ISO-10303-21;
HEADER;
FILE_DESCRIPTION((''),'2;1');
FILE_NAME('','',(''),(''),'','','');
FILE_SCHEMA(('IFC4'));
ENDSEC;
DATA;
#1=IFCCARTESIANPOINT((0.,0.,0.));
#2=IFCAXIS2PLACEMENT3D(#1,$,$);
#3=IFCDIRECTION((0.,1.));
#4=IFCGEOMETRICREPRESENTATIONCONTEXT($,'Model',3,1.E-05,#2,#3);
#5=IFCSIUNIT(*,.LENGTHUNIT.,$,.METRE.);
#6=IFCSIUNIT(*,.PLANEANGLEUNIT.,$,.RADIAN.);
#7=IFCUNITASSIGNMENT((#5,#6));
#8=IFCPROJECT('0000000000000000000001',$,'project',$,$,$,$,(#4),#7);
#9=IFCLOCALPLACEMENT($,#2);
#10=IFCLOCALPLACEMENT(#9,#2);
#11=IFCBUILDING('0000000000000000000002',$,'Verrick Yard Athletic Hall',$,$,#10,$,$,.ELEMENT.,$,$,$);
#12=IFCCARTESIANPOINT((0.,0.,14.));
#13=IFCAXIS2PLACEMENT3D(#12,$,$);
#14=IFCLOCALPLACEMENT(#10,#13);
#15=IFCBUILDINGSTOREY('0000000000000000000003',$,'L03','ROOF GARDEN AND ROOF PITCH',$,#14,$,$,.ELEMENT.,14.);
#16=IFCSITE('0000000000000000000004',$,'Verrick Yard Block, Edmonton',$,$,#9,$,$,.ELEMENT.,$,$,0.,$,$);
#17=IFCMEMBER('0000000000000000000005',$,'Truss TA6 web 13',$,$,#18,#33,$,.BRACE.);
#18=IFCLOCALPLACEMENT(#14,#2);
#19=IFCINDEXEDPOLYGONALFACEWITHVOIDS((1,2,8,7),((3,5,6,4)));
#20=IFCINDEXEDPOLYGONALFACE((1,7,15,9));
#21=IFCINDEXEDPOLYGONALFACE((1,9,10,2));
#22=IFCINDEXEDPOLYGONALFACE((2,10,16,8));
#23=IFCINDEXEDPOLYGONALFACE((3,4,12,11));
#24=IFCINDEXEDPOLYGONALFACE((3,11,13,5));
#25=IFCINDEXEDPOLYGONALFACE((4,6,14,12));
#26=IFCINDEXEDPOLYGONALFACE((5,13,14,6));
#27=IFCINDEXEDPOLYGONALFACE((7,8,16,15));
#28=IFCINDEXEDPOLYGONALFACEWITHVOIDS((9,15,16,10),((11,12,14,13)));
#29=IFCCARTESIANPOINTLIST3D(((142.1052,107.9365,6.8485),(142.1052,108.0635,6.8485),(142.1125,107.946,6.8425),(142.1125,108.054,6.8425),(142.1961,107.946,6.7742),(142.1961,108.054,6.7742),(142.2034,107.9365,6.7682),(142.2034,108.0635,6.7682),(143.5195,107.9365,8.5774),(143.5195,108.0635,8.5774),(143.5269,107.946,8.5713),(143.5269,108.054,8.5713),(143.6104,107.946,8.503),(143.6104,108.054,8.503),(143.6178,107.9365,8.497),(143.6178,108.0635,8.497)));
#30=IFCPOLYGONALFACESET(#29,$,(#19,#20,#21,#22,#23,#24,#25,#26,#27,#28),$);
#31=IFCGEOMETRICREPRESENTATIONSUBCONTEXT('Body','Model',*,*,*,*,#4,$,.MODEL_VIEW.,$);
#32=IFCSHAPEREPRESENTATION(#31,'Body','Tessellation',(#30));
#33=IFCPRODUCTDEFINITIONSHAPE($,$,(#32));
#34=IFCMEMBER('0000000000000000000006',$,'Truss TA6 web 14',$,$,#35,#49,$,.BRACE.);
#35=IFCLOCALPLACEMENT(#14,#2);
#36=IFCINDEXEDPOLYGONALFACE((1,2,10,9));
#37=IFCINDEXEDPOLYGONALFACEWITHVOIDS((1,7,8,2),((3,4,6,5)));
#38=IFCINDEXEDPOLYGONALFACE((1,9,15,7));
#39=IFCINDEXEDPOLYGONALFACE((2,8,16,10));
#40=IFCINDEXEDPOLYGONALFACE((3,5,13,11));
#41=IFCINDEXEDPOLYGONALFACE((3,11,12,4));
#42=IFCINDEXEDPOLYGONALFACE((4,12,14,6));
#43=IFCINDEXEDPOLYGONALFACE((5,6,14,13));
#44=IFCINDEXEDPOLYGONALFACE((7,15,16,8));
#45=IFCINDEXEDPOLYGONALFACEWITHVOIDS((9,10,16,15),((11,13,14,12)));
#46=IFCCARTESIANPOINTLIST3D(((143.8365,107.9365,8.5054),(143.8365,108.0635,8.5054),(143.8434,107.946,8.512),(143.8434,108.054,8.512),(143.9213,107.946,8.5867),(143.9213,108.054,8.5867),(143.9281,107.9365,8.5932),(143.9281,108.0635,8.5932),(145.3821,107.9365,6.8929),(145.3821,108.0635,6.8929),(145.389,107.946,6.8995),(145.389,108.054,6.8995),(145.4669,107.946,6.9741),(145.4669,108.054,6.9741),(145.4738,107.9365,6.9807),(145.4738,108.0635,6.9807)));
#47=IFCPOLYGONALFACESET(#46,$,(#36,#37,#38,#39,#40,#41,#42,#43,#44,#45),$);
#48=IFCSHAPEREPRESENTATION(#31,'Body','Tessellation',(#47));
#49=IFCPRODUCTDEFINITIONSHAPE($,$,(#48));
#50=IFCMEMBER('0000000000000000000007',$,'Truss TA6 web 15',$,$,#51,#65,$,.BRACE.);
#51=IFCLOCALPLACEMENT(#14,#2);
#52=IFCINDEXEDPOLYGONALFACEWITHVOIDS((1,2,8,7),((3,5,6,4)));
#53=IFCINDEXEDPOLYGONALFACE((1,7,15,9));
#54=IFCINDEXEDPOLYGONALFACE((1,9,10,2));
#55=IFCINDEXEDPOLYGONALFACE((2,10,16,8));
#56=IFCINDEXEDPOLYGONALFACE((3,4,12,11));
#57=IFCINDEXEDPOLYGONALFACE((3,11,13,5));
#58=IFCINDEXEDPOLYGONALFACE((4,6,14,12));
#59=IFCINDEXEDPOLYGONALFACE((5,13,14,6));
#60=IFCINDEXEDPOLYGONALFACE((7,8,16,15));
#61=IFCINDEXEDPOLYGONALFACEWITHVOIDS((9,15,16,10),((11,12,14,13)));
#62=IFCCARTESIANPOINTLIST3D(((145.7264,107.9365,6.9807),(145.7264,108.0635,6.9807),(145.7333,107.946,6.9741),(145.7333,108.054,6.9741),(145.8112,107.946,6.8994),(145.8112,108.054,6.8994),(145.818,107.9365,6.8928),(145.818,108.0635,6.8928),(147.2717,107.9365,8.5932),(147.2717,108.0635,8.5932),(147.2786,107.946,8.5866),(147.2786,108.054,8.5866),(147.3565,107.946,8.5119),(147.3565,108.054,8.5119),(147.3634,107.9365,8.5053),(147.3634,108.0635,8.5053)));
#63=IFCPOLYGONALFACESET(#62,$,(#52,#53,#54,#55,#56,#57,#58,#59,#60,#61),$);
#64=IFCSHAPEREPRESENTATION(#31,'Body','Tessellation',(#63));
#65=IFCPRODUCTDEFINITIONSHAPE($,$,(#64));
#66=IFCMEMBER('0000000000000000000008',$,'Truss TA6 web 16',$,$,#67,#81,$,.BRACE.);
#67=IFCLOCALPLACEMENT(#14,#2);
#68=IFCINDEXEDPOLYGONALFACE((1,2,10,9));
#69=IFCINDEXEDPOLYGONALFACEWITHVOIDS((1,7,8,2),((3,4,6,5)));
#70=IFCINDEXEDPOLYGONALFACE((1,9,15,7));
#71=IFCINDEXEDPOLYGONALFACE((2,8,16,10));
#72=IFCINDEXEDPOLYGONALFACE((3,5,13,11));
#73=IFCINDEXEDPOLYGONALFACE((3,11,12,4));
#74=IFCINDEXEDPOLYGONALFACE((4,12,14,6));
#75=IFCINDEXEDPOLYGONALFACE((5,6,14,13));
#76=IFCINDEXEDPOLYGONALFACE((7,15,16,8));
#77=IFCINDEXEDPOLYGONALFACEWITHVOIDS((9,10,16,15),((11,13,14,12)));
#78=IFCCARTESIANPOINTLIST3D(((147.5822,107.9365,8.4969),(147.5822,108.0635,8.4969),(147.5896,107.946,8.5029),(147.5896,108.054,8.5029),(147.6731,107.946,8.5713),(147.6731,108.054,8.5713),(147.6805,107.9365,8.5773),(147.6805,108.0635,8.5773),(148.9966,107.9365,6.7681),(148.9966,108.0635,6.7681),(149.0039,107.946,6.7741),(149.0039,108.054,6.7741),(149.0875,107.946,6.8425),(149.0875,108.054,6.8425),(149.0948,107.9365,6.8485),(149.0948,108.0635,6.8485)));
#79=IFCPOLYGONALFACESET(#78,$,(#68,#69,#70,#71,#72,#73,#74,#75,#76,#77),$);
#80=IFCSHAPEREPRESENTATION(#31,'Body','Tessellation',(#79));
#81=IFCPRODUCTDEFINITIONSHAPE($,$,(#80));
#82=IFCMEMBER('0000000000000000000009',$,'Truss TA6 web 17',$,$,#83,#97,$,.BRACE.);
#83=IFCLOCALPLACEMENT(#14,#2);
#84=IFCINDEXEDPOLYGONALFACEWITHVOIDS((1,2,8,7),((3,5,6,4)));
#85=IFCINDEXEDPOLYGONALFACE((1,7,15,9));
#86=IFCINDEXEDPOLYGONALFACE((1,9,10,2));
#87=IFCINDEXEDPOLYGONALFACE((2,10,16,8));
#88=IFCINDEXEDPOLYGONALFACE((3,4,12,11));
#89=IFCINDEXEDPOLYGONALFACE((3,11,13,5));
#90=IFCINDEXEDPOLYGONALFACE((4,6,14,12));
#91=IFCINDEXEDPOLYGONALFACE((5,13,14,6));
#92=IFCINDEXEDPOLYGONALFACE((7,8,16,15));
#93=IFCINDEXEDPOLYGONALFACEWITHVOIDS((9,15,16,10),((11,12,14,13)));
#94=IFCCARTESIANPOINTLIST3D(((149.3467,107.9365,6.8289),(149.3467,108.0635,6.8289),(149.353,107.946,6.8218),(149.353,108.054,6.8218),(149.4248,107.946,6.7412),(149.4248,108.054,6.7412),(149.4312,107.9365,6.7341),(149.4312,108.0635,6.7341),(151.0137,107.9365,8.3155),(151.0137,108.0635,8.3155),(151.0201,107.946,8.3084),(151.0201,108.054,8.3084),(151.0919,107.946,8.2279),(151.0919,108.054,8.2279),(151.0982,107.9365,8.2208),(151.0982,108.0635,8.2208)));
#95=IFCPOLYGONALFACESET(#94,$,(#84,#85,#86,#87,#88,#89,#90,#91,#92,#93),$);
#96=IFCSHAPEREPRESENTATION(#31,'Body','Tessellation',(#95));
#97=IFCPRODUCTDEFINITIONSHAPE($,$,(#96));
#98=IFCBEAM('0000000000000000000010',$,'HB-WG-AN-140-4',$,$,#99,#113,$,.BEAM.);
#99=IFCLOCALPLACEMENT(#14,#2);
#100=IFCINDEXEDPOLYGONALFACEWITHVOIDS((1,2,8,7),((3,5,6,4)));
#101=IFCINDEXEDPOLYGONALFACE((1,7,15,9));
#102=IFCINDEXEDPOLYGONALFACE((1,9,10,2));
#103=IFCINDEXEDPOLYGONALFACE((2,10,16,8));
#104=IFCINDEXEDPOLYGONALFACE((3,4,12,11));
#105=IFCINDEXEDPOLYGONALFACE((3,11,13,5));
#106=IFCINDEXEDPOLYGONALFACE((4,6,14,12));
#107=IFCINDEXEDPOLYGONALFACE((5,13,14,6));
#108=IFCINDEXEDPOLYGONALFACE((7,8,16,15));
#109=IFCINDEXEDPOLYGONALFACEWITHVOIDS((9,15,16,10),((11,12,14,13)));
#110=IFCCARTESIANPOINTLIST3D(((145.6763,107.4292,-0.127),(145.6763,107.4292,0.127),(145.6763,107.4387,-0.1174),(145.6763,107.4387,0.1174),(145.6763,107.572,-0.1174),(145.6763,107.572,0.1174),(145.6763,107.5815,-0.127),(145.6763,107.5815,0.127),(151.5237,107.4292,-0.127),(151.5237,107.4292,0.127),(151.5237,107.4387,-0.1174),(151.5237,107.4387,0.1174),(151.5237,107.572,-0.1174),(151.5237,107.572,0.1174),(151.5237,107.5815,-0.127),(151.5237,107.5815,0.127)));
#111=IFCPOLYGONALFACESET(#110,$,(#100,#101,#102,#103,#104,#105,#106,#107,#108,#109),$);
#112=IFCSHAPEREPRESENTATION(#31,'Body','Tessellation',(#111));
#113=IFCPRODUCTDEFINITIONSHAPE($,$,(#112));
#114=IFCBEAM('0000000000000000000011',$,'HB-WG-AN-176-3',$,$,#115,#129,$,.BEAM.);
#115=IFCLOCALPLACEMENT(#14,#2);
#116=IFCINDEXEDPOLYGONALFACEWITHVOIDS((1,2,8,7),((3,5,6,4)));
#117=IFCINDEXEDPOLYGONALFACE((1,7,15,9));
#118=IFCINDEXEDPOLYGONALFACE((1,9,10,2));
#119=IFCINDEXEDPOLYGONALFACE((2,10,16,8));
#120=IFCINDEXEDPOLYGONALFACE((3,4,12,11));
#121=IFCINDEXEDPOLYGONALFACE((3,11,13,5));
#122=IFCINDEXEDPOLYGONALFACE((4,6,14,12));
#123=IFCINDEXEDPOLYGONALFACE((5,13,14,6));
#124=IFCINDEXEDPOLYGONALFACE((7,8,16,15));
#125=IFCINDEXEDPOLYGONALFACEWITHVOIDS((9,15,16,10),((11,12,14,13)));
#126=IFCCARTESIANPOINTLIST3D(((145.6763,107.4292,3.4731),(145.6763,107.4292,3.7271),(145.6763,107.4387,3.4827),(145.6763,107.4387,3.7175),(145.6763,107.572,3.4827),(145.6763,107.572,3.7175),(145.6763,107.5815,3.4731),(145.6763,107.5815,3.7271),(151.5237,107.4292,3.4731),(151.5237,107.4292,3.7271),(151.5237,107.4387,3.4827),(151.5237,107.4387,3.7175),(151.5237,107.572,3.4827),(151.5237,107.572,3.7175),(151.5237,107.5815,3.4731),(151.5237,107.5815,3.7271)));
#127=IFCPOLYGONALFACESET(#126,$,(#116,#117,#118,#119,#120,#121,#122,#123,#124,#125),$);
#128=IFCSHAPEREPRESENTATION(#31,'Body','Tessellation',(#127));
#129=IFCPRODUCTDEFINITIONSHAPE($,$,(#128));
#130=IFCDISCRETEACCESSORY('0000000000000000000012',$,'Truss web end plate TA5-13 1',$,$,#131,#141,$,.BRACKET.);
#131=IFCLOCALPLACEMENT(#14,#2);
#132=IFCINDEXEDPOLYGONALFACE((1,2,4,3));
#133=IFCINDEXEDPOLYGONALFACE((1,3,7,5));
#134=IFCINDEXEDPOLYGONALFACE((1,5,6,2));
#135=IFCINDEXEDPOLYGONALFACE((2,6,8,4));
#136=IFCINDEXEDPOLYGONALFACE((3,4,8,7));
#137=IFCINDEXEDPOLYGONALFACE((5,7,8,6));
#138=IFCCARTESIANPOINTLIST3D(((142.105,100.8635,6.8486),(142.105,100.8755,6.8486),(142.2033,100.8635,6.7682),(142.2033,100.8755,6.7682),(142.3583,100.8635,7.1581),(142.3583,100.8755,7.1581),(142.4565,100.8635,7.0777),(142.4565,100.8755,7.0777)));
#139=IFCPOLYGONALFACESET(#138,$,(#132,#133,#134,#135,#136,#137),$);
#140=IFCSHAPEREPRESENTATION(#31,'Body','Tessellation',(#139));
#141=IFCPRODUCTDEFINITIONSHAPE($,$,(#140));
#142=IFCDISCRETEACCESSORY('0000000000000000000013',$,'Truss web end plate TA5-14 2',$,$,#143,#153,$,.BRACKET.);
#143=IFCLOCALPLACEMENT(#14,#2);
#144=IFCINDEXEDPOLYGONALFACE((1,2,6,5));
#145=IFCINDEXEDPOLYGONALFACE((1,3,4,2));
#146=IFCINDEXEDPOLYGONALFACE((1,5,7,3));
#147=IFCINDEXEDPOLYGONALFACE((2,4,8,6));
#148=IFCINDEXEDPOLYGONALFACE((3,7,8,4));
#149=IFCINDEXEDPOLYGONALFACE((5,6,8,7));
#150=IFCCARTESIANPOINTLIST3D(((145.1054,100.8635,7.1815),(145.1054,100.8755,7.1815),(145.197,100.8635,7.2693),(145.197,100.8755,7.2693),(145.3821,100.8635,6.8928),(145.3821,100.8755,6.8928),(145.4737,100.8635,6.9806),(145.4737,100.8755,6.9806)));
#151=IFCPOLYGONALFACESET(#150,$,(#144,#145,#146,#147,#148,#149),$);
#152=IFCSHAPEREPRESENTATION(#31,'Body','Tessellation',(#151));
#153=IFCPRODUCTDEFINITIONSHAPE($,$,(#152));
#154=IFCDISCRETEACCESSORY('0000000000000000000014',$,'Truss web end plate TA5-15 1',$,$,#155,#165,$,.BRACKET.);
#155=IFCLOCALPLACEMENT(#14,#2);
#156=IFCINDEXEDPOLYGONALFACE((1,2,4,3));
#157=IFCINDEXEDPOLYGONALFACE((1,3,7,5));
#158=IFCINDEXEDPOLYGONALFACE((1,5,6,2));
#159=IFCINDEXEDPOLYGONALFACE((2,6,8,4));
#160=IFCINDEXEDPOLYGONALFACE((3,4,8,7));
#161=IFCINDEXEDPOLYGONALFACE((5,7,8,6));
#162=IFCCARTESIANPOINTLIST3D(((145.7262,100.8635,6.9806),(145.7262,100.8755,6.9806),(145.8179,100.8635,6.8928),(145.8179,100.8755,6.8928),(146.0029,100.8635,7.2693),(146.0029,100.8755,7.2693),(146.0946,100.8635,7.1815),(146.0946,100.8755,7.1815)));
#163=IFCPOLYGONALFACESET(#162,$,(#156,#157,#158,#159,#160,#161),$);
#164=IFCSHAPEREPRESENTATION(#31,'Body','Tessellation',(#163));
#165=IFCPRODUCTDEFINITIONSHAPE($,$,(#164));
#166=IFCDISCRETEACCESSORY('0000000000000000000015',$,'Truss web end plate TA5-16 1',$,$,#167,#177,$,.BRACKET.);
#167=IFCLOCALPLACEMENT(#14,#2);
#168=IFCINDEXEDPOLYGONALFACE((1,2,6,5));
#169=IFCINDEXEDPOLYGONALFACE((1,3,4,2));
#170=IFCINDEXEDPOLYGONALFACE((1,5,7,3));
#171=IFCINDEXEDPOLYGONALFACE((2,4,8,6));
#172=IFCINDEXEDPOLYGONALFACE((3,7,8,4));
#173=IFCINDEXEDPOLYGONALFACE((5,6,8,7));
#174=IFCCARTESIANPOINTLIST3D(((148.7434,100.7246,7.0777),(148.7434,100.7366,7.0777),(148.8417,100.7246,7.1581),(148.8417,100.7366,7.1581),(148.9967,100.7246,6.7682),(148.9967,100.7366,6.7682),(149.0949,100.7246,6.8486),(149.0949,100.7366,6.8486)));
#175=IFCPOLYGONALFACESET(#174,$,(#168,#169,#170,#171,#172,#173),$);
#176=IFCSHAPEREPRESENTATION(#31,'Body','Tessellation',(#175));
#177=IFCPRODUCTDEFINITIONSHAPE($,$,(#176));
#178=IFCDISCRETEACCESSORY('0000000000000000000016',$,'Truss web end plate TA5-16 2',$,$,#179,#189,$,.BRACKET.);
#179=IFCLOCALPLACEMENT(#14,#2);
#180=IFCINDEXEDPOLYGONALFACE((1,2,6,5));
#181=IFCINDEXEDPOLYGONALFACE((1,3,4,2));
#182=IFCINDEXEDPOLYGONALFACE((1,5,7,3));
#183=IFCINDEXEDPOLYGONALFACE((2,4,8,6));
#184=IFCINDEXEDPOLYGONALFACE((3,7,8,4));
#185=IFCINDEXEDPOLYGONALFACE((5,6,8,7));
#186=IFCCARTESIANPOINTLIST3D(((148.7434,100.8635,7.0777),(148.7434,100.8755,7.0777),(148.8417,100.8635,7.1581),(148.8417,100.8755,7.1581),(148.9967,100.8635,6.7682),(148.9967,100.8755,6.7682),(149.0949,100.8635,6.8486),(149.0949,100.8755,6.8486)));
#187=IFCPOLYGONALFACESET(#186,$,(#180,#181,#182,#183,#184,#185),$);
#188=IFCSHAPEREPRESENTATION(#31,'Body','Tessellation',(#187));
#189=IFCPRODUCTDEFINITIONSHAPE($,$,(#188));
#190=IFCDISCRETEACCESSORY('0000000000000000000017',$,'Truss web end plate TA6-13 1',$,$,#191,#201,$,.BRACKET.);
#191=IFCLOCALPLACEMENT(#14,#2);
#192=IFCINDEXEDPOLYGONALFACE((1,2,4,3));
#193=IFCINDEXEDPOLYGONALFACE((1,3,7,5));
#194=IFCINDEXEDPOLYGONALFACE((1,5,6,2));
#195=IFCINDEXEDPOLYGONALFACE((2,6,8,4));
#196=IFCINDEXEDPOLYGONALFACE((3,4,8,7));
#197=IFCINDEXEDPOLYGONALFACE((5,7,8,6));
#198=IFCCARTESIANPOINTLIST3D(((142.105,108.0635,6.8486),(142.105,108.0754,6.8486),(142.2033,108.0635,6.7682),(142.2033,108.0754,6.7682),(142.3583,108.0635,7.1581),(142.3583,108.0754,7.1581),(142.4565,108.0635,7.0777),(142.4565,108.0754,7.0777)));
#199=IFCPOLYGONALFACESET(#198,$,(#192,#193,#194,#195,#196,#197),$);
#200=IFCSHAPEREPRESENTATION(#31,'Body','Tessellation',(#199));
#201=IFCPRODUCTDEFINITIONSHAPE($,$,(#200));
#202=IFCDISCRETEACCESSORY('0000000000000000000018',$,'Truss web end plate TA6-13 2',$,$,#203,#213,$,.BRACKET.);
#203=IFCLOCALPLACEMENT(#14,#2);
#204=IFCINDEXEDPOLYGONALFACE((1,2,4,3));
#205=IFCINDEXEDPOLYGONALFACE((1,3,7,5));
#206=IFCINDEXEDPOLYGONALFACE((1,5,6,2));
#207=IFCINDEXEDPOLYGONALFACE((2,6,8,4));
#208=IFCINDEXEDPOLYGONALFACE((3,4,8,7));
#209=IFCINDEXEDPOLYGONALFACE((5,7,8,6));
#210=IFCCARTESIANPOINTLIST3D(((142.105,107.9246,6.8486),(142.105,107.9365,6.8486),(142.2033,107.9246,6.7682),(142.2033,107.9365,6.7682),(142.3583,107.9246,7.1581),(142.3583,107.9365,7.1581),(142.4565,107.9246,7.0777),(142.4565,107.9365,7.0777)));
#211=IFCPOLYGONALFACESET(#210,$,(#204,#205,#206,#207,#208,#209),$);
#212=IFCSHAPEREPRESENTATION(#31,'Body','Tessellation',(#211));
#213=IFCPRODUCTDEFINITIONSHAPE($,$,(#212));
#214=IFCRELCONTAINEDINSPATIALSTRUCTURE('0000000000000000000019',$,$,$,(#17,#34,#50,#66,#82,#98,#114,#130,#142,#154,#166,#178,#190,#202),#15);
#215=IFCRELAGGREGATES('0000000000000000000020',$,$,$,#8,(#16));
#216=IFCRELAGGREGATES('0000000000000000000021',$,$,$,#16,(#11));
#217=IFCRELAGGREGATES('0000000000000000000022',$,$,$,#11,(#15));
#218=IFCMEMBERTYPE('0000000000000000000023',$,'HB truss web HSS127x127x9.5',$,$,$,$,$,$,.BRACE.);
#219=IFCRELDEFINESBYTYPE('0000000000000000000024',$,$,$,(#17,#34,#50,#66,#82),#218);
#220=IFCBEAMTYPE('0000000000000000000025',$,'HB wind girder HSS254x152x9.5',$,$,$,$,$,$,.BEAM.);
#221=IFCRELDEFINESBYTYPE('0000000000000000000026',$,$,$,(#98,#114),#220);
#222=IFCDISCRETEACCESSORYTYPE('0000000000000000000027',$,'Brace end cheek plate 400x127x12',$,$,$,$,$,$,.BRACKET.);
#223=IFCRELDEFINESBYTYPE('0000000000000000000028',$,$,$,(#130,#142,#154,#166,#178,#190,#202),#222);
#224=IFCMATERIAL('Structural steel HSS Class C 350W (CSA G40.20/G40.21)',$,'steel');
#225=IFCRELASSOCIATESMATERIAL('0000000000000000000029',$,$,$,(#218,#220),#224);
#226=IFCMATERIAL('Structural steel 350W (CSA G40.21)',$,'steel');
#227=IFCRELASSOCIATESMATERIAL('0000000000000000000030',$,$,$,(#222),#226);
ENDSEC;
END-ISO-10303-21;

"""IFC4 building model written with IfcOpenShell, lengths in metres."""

from ifc_helpers import new_model, si_unit, direction, frame, origin, origin_2d, place, context, subcontext, project, spatial, rectangle, hollow_rectangle, extrude, material, material_profile, profile_set, type_object, element, save


model = new_model("IFC4")

# Units and contexts
model_context = context("Model", 3, precision=1e-05, world=origin(), true_north=direction((0.0, 1.0)))
body_context = subcontext(model_context, "Body", "Model", "MODEL_VIEW")
ifc_project = project(units=[si_unit("LENGTHUNIT", "METRE"), si_unit("PLANEANGLEUNIT", "RADIAN")], contexts=[model_context])

# Site, building, storey
site_placement = place(None, origin())
site = spatial("IfcSite", under=ifc_project, at=site_placement, Name="Verrick Yard Block, Edmonton", CompositionType="ELEMENT", RefElevation=0.0)
building_placement = place(site_placement, origin())
building = spatial("IfcBuilding", under=site, at=building_placement, Name="Verrick Yard Athletic Hall", CompositionType="ELEMENT")
storey_placement = place(building_placement, frame((0.0, 0.0, 14.0)))
storey = spatial("IfcBuildingStorey", under=building, at=storey_placement, Name="L03", Description="ROOF GARDEN AND ROOF PITCH", CompositionType="ELEMENT", Elevation=14.0)

# Members
ifc_material_1 = material(Name="Structural steel HSS Class C 350W (CSA G40.20/G40.21)", Category="steel")
ifc_material_profile_1 = material_profile(ifc_material_1, hollow_rectangle(XDim=0.127, YDim=0.127, WallThickness=0.0095, at=origin_2d()), Name="HSS127x127x9.5")
ifc_profile_set_1 = profile_set([ifc_material_profile_1], Name="Structural steel HSS Class C 350W (CSA G40.20/G40.21)")
member_type_1 = type_object("IfcMemberType", Name="HB truss web HSS127x127x9.5", PredefinedType="BRACE", material=ifc_profile_set_1)
for number, where, z_axis, x_axis, name in (
    (1, (142.1543, 108.0, 6.8083), (0.633202, 0.0, 0.773987), (0.0, 1.0, 0.0), "Truss TA6 web 13"),
    (2, (143.8823, 108.0, 8.5493), (0.691974, 0.0, -0.721922), (0.0, 1.0, 0.0), "Truss TA6 web 14"),
):
    element("IfcMember", number, at=place(storey_placement, frame(where, z_axis=z_axis, x_axis=x_axis)), inside=storey, type_object=member_type_1, Name=name, PredefinedType="BRACE", context=body_context, shape_type="SweptSolid", body=[
        extrude(hollow_rectangle(XDim=0.127, YDim=0.127, WallThickness=0.0095, at=origin_2d()), origin(), (0.0, 0.0, 1.0), 2.2336),
    ])
member_1_placement = place(storey_placement, frame((145.7722, 108.0, 6.9368), z_axis=(0.691917, 0.0, 0.721977), x_axis=(0.0, 1.0, 0.0)))
element("IfcMember", 3, at=member_1_placement, inside=storey, type_object=member_type_1, Name="Truss TA6 web 15", PredefinedType="BRACE", context=body_context, shape_type="SweptSolid", body=[
    extrude(hollow_rectangle(XDim=0.127, YDim=0.127, WallThickness=0.0095, at=origin_2d()), origin(), (0.0, 0.0, 1.0), 2.2334),
])
for number, where, z_axis, x_axis, name in (
    (4, (147.6313, 108.0, 8.5371), (0.633202, 0.0, -0.773987), (0.0, 1.0, 0.0), "Truss TA6 web 16"),
    (5, (149.3889, 108.0, 6.7815), (0.746341, 0.0, 0.665564), (0.0, 1.0, 0.0), "Truss TA6 web 17"),
):
    element("IfcMember", number, at=place(storey_placement, frame(where, z_axis=z_axis, x_axis=x_axis)), inside=storey, type_object=member_type_1, Name=name, PredefinedType="BRACE", context=body_context, shape_type="SweptSolid", body=[
        extrude(hollow_rectangle(XDim=0.127, YDim=0.127, WallThickness=0.0095, at=origin_2d()), origin(), (0.0, 0.0, 1.0), 2.2336),
    ])

# Beams
ifc_material_profile_2 = material_profile(ifc_material_1, hollow_rectangle(XDim=0.1523, YDim=0.2539, WallThickness=0.0095, at=origin_2d()), Name="HSS254x152x9.5")
ifc_profile_set_2 = profile_set([ifc_material_profile_2], Name="Structural steel HSS Class C 350W (CSA G40.20/G40.21)")
beam_type = type_object("IfcBeamType", Name="HB wind girder HSS254x152x9.5", PredefinedType="BEAM", material=ifc_profile_set_2)
for number, where, z_axis, x_axis, name in (
    (6, (145.6763, 107.5054, 0.0), (1.0, 0.0, 0.0), (0.0, 1.0, 0.0), "HB-WG-AN-140-4"),
    (7, (145.6763, 107.5054, 3.6001), (1.0, 0.0, 0.0), (0.0, 1.0, 0.0), "HB-WG-AN-176-3"),
):
    element("IfcBeam", number, at=place(storey_placement, frame(where, z_axis=z_axis, x_axis=x_axis)), inside=storey, type_object=beam_type, Name=name, PredefinedType="BEAM", context=body_context, shape_type="SweptSolid", body=[
        extrude(hollow_rectangle(XDim=0.1523, YDim=0.2539, WallThickness=0.0095, at=origin_2d()), origin(), (0.0, 0.0, 1.0), 5.8474),
    ])

# Discrete accessories
ifc_material_2 = material(Name="Structural steel 350W (CSA G40.21)", Category="steel")
ifc_material_profile_3 = material_profile(ifc_material_2, rectangle(XDim=0.3999, YDim=0.127, at=origin_2d()), Name="Brace end cheek plate")
ifc_profile_set_3 = profile_set([ifc_material_profile_3], Name="Structural steel 350W (CSA G40.21)")
discrete_accessory_type = type_object("IfcDiscreteAccessoryType", Name="Brace end cheek plate 400x127x12", PredefinedType="BRACKET", material=ifc_profile_set_3)
for number, where, z_axis, x_axis, name in (
    (8, (142.2808, 100.8635, 6.9631), (0.0, 1.0, 0.0), (0.633246, 0.0, 0.773951), "Truss web end plate TA5-13 1"),
    (9, (145.2896, 100.8635, 7.0811), (0.0, 1.0, 0.0), (-0.691925, 0.0, 0.721969), "Truss web end plate TA5-14 2"),
    (10, (145.9104, 100.8635, 7.0811), (0.0, 1.0, 0.0), (0.691925, 0.0, 0.721969), "Truss web end plate TA5-15 1"),
    (11, (148.9192, 100.7366, 6.9631), (0.0, -1.0, 0.0), (-0.633246, 0.0, 0.773951), "Truss web end plate TA5-16 1"),
    (12, (148.9192, 100.8635, 6.9631), (0.0, 1.0, 0.0), (-0.633246, 0.0, 0.773951), "Truss web end plate TA5-16 2"),
    (13, (142.2808, 108.0635, 6.9631), (0.0, 1.0, 0.0), (0.633246, 0.0, 0.773951), "Truss web end plate TA6-13 1"),
    (14, (142.2808, 107.9365, 6.9631), (0.0, -1.0, 0.0), (0.633246, 0.0, 0.773951), "Truss web end plate TA6-13 2"),
):
    element("IfcDiscreteAccessory", number, at=place(storey_placement, frame(where, z_axis=z_axis, x_axis=x_axis)), inside=storey, type_object=discrete_accessory_type, Name=name, PredefinedType="BRACKET", context=body_context, shape_type="SweptSolid", body=[
        extrude(rectangle(XDim=0.3999, YDim=0.127, at=origin_2d()), origin(), (0.0, 0.0, 1.0), 0.012),
    ])

save(model, "model.ifc")
